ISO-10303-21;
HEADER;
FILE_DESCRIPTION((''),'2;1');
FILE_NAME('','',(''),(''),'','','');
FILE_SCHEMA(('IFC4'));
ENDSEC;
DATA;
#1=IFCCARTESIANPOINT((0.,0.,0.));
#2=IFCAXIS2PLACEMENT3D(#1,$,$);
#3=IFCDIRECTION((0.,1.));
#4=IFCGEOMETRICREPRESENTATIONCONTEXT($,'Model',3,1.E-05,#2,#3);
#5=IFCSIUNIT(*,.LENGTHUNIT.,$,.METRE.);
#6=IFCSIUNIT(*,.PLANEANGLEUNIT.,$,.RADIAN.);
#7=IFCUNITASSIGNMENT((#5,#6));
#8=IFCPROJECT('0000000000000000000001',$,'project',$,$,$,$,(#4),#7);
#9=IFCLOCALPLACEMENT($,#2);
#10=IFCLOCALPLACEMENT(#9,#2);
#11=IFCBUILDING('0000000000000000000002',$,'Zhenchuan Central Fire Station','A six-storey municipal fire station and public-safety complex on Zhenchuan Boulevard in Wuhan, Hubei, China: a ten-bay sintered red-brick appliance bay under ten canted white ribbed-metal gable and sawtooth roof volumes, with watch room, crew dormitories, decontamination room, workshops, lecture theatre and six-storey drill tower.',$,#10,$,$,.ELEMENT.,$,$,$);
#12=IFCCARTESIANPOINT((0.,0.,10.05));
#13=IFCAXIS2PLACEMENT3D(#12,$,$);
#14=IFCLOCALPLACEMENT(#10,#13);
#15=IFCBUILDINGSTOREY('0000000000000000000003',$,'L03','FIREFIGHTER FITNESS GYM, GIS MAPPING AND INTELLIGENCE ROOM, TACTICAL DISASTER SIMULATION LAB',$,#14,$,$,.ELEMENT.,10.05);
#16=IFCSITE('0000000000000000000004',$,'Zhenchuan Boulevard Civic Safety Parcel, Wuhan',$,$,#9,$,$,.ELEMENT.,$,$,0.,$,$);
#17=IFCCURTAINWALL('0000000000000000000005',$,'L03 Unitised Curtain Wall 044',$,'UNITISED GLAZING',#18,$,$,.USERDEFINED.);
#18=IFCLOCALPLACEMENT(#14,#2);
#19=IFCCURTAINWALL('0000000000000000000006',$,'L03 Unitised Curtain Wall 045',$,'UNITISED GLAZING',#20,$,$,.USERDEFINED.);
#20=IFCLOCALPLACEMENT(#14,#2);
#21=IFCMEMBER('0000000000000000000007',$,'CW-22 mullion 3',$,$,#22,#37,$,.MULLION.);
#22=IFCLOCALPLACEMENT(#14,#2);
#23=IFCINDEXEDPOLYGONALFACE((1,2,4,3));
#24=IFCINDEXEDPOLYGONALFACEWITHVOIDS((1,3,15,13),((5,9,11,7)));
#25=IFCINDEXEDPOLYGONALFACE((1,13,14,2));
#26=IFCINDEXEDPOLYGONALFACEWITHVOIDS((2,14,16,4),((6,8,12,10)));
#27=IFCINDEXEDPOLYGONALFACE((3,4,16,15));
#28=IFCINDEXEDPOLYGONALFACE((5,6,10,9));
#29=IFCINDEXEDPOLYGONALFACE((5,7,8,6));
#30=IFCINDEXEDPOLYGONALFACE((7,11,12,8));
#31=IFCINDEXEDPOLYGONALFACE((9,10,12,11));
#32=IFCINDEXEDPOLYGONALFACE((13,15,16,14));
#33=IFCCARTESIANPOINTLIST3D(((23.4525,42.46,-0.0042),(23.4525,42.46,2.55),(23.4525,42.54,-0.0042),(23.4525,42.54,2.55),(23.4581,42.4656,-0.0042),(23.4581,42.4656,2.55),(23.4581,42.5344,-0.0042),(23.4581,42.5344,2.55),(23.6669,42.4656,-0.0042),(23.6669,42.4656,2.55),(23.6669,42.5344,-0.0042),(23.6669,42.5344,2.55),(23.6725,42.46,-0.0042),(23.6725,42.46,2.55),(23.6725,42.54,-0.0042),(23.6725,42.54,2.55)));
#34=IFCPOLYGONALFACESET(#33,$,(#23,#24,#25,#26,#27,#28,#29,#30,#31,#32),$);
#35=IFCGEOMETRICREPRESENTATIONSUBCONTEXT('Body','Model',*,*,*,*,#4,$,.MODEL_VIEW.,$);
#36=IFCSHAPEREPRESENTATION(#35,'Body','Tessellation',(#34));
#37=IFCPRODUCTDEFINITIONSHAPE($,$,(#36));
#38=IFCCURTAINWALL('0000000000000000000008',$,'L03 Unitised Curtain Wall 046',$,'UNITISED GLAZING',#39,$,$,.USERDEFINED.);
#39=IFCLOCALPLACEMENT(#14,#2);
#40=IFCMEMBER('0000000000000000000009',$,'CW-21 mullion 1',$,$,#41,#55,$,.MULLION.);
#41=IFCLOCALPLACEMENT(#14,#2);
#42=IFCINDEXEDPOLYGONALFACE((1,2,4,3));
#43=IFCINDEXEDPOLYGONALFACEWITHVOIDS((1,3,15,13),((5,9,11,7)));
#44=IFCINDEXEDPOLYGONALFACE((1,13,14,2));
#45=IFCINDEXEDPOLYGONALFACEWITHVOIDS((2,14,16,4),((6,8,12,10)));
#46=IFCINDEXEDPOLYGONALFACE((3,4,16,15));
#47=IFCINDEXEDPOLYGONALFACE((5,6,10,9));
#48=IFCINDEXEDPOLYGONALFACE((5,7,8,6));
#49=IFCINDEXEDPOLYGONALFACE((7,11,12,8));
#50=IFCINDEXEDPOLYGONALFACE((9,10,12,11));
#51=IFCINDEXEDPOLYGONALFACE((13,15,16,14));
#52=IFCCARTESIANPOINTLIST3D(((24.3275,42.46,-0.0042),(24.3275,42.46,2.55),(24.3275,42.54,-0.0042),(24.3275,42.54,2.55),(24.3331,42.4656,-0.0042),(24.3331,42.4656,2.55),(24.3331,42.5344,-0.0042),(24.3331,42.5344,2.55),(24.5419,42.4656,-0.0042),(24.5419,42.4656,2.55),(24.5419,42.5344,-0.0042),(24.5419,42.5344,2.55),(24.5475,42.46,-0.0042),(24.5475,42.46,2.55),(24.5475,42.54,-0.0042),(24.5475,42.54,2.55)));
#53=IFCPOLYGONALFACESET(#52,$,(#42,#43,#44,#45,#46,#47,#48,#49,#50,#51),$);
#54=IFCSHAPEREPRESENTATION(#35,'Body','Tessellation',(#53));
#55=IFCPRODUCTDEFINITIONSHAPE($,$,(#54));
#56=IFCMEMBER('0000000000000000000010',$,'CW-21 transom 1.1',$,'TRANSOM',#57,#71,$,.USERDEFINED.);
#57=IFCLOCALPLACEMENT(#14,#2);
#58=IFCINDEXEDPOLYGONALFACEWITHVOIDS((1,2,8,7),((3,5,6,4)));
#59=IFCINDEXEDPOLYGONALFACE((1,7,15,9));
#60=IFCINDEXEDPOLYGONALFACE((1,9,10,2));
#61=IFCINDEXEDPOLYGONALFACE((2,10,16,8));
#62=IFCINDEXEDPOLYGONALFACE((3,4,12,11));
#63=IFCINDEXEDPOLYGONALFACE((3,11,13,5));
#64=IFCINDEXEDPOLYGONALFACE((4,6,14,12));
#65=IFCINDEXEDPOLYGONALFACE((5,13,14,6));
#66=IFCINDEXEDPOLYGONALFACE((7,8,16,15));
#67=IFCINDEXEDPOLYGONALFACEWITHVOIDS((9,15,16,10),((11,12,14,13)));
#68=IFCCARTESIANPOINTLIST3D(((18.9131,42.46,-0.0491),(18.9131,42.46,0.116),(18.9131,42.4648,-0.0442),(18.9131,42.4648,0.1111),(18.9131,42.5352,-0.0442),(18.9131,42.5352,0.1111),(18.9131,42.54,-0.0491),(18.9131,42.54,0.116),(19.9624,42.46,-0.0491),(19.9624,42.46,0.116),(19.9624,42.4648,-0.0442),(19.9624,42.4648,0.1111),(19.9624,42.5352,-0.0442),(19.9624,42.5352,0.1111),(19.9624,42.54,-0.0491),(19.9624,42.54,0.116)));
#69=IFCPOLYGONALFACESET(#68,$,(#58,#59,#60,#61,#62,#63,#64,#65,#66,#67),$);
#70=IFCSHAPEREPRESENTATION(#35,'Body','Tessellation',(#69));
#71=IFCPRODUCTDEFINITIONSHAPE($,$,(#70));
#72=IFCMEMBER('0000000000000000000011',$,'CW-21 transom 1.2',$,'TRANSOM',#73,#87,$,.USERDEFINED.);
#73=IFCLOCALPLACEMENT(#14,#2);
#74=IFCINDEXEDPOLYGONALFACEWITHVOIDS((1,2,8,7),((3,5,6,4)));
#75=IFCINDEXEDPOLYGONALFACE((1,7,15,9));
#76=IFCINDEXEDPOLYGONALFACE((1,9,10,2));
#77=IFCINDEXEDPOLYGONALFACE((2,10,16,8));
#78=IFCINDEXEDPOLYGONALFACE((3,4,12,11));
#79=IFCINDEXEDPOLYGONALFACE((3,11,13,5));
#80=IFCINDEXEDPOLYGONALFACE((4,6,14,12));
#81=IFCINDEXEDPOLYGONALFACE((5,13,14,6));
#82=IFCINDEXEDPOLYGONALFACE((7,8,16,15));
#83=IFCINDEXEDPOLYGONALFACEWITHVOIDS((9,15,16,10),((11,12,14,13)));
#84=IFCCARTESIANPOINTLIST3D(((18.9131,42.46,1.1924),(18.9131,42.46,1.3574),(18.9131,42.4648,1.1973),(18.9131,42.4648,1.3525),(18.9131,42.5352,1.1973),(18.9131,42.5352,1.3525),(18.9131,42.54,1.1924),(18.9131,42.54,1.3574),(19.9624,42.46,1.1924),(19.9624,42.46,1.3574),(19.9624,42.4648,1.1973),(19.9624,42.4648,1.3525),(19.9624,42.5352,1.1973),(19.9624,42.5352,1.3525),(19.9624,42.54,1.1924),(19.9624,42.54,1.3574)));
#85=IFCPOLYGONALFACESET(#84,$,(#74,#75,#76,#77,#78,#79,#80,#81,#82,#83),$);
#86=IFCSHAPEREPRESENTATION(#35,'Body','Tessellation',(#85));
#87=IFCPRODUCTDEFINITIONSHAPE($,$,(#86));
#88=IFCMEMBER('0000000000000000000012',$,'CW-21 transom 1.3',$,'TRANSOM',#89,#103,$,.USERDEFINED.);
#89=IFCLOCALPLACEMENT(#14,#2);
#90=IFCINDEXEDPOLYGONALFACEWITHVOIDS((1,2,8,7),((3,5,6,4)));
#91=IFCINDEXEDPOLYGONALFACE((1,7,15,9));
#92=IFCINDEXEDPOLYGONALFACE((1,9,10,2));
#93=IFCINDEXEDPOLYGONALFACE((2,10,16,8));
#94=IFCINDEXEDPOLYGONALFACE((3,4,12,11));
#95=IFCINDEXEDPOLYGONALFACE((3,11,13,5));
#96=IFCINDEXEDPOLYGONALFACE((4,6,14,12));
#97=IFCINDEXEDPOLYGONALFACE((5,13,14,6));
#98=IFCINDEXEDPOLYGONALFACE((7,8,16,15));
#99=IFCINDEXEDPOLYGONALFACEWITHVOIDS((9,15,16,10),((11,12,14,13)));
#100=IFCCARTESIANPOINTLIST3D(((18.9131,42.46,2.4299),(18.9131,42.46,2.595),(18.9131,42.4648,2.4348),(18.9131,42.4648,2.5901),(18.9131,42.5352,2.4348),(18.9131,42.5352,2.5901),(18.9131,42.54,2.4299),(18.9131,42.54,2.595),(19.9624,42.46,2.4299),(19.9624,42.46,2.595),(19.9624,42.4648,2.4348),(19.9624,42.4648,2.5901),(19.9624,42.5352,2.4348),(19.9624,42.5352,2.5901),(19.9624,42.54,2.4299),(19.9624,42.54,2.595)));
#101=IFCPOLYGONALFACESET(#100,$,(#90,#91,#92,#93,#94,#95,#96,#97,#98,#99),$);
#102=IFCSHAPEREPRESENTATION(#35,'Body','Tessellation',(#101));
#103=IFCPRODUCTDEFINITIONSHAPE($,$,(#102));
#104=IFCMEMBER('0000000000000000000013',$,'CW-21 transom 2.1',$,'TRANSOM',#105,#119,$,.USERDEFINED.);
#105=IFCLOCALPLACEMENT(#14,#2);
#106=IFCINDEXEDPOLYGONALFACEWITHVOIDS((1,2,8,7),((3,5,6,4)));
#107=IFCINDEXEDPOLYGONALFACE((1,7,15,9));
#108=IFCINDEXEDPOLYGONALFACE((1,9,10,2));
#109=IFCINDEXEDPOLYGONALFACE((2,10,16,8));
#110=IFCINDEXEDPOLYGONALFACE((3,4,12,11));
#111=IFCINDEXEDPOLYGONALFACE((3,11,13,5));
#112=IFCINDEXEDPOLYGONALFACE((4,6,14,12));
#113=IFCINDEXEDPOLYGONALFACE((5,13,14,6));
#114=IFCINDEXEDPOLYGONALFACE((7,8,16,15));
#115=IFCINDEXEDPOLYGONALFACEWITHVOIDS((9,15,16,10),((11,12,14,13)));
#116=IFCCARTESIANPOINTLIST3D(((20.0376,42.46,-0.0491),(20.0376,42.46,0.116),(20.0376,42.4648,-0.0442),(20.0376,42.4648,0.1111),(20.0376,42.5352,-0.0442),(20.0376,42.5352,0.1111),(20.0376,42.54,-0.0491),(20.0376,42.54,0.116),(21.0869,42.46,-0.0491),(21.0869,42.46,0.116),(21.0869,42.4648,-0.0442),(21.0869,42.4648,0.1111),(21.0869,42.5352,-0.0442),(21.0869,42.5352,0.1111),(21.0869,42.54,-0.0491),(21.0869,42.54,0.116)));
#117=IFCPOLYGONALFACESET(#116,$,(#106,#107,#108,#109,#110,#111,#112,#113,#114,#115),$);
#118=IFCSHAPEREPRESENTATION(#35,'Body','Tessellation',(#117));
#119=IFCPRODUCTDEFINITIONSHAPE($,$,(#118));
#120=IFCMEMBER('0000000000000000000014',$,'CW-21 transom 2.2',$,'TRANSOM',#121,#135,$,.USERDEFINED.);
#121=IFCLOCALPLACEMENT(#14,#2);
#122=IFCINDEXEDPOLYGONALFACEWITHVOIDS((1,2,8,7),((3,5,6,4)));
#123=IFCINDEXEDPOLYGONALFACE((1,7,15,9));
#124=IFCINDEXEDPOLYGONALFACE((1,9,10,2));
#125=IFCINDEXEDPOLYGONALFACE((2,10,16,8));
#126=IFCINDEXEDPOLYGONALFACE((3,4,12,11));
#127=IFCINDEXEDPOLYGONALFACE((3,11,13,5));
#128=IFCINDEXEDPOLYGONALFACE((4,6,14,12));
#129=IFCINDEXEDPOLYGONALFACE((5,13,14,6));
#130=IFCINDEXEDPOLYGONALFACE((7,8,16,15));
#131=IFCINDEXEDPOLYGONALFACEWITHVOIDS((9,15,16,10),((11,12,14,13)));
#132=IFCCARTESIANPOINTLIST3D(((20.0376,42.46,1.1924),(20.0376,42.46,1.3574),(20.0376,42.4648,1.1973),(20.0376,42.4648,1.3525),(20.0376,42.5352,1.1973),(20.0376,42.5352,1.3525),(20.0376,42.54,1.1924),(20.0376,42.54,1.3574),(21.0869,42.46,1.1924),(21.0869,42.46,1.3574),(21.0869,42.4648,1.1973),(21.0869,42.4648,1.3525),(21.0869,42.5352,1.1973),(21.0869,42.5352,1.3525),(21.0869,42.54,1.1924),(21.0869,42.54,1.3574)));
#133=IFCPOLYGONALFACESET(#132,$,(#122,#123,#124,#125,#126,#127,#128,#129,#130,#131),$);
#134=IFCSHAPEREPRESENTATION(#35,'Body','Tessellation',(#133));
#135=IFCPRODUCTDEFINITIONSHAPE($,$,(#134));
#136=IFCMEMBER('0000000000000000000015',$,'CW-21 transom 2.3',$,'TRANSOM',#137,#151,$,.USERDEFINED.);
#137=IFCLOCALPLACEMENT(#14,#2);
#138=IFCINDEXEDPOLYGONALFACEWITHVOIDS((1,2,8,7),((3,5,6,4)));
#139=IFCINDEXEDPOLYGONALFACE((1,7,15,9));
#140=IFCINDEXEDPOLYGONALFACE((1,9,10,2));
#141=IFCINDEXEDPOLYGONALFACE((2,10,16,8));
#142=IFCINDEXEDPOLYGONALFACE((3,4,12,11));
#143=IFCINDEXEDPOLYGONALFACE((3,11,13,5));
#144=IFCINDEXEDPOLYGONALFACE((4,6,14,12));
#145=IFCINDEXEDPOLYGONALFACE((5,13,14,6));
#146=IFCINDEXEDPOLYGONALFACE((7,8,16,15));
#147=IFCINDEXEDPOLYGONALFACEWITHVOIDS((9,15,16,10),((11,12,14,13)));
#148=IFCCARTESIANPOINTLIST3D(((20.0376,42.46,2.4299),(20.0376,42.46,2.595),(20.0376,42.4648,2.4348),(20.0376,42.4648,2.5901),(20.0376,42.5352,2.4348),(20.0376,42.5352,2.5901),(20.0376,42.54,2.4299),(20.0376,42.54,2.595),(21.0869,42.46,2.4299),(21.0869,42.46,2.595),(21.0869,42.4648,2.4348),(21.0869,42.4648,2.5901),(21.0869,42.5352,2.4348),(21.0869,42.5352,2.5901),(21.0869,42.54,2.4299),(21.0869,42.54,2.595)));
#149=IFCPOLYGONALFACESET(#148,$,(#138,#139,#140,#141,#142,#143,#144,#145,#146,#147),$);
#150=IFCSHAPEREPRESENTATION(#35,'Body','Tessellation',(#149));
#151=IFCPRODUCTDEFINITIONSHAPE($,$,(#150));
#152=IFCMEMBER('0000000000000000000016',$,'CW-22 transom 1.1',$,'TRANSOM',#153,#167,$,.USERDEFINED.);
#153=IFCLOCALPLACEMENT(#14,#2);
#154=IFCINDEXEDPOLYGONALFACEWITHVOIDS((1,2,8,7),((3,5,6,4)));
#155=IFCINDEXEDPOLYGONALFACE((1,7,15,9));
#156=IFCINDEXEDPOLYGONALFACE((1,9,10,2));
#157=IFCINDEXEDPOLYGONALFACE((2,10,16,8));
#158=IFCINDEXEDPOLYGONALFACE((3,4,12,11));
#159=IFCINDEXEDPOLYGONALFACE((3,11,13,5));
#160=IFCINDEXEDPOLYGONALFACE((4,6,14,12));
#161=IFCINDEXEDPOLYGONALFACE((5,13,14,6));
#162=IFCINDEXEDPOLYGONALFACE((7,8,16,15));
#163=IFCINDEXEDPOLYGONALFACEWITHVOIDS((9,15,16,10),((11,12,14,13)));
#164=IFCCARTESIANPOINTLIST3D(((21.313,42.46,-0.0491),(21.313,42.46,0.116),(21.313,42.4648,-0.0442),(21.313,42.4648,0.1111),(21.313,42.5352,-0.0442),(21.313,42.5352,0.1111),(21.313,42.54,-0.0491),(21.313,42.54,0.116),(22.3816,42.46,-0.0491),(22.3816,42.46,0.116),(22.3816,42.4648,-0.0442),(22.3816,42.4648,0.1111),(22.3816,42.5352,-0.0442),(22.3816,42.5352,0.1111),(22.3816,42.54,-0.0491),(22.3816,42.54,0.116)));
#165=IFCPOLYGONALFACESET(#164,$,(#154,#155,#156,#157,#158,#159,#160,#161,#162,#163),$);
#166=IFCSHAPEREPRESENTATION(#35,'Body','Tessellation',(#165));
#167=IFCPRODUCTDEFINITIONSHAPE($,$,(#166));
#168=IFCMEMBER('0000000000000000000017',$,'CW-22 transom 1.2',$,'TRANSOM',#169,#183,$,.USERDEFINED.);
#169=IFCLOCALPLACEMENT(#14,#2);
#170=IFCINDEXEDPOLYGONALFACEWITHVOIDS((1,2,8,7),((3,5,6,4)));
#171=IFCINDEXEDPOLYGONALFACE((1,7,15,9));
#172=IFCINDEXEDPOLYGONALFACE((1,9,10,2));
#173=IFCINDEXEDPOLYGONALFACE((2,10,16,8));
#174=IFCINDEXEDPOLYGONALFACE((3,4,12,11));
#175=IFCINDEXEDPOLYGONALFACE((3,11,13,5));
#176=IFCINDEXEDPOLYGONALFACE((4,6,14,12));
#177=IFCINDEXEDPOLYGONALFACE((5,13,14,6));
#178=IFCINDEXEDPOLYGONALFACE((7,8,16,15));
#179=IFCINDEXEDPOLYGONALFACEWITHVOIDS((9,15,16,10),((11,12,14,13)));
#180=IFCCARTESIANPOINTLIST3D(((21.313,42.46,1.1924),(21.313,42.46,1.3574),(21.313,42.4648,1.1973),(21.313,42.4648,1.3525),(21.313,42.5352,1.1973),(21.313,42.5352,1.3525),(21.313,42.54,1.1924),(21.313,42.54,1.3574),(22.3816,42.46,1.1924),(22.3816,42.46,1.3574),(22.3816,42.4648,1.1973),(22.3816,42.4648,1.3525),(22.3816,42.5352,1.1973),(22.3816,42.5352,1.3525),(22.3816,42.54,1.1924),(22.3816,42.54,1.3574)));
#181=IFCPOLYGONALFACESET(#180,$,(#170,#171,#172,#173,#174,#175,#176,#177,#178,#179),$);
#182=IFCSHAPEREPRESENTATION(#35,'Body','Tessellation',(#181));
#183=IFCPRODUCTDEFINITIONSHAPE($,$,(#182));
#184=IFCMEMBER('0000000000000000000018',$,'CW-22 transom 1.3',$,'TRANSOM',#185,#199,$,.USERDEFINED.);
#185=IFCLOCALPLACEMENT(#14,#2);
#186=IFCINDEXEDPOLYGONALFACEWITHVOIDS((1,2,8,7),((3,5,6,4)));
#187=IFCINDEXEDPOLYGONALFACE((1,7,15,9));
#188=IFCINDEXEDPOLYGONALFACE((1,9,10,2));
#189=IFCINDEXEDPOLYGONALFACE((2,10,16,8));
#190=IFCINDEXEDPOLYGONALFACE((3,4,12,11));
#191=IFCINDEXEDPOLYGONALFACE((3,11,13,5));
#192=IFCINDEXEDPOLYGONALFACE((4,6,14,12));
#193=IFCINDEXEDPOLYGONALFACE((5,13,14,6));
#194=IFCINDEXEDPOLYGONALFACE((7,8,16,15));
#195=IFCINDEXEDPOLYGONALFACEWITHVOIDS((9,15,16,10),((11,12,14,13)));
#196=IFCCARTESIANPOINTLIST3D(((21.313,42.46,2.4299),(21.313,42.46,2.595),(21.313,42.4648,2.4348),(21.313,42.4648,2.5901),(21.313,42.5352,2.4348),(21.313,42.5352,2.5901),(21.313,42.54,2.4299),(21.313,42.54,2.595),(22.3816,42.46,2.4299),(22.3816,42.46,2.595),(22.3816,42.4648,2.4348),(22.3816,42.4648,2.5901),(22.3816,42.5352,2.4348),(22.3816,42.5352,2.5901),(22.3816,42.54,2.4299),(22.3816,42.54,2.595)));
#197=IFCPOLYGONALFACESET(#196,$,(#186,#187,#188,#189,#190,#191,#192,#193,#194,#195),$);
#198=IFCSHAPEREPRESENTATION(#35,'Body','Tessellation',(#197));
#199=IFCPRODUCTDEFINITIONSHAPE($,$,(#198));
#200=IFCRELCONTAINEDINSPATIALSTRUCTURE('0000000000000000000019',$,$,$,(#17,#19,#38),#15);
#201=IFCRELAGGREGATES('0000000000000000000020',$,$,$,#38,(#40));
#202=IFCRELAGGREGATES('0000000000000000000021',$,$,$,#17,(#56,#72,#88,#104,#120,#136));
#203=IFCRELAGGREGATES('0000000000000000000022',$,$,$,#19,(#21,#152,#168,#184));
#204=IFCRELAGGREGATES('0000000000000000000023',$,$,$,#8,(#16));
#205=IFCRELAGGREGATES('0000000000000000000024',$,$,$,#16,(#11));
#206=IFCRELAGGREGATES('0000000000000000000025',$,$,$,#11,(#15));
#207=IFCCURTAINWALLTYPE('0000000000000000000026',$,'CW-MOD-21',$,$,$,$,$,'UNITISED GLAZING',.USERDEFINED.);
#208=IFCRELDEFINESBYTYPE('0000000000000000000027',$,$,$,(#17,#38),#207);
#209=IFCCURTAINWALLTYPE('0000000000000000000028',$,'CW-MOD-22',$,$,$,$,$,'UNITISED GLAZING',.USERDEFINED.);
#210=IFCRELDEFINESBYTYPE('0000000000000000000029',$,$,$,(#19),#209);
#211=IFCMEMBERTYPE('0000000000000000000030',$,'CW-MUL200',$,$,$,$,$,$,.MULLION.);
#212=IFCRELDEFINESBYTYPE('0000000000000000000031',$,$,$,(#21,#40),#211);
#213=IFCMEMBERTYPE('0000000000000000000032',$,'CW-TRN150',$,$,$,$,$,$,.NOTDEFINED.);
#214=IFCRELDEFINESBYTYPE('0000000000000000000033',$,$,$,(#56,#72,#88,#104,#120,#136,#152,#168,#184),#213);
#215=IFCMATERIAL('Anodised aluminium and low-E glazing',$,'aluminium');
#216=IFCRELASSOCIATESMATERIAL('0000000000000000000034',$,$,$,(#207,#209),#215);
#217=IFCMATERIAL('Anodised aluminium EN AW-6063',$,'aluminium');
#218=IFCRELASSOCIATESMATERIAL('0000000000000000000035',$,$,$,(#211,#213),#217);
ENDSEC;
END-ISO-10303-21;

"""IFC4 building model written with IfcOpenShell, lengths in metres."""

from ifc_helpers import new_model, si_unit, direction, frame, origin, origin_2d, place, context, subcontext, project, spatial, hollow_rectangle, extrude, material, material_profile, profile_set, type_object, element, aggregate, save


model = new_model("IFC4")

# Units and contexts
model_context = context("Model", 3, precision=1e-05, world=origin(), true_north=direction((0.0, 1.0)))
body_context = subcontext(model_context, "Body", "Model", "MODEL_VIEW")
ifc_project = project(units=[si_unit("LENGTHUNIT", "METRE"), si_unit("PLANEANGLEUNIT", "RADIAN")], contexts=[model_context])

# Site, building, storey
site_placement = place(None, origin())
site = spatial("IfcSite", under=ifc_project, at=site_placement, Name="Zhenchuan Boulevard Civic Safety Parcel, Wuhan", CompositionType="ELEMENT", RefElevation=0.0)
building_placement = place(site_placement, origin())
building = spatial("IfcBuilding", under=site, at=building_placement, Name="Zhenchuan Central Fire Station", Description="A six-storey municipal fire station and public-safety complex on Zhenchuan Boulevard in Wuhan, Hubei, China: a ten-bay sintered red-brick appliance bay under ten canted white ribbed-metal gable and sawtooth roof volumes, with watch room, crew dormitories, decontamination room, workshops, lecture theatre and six-storey drill tower.", CompositionType="ELEMENT")
storey_placement = place(building_placement, frame((0.0, 0.0, 10.05)))
storey = spatial("IfcBuildingStorey", under=building, at=storey_placement, Name="L03", Description="FIREFIGHTER FITNESS GYM, GIS MAPPING AND INTELLIGENCE ROOM, TACTICAL DISASTER SIMULATION LAB", CompositionType="ELEMENT", Elevation=10.05)

# Curtain walls, member
ifc_material_1 = material(Name="Anodised aluminium and low-E glazing", Category="aluminium")
curtain_wall_type_1 = type_object("IfcCurtainWallType", Name="CW-MOD-21", ElementType="UNITISED GLAZING", PredefinedType="USERDEFINED", material=ifc_material_1)
curtain_wall_1_placement = place(storey_placement, origin())
curtain_wall_1 = element("IfcCurtainWall", 1, at=curtain_wall_1_placement, inside=storey, type_object=curtain_wall_type_1, Name="L03 Unitised Curtain Wall 044", ObjectType="UNITISED GLAZING", PredefinedType="USERDEFINED")
ifc_material_2 = material(Name="Anodised aluminium EN AW-6063", Category="aluminium")
ifc_material_profile_1 = material_profile(ifc_material_2, hollow_rectangle(XDim=0.0801, YDim=0.22, WallThickness=0.0056, at=origin_2d()), Name="ALU-M 220x80")
ifc_profile_set_1 = profile_set([ifc_material_profile_1], Name="Anodised aluminium EN AW-6063")
member_type_1 = type_object("IfcMemberType", Name="CW-MUL200", PredefinedType="MULLION", material=ifc_profile_set_1)
curtain_wall_type_2 = type_object("IfcCurtainWallType", Name="CW-MOD-22", ElementType="UNITISED GLAZING", PredefinedType="USERDEFINED", material=ifc_material_1)
curtain_wall_2_placement = place(storey_placement, origin())
curtain_wall_2 = element("IfcCurtainWall", 2, at=curtain_wall_2_placement, inside=storey, type_object=curtain_wall_type_2, Name="L03 Unitised Curtain Wall 045", ObjectType="UNITISED GLAZING", PredefinedType="USERDEFINED")
member_1_placement = place(storey_placement, frame((23.5625, 42.5, -0.0042), z_axis=(0.0, 0.0, 1.0), x_axis=(0.0, 1.0, 0.0)))
member_1 = element("IfcMember", 3, at=member_1_placement, type_object=member_type_1, Name="CW-22 mullion 3", PredefinedType="MULLION", context=body_context, shape_type="SweptSolid", body=[
    extrude(hollow_rectangle(XDim=0.0801, YDim=0.22, WallThickness=0.0056, at=origin_2d()), origin(), (0.0, 0.0, 1.0), 2.5542),
])

# Curtain wall, member
curtain_wall_3_placement = place(storey_placement, origin())
curtain_wall_3 = element("IfcCurtainWall", 4, at=curtain_wall_3_placement, inside=storey, type_object=curtain_wall_type_1, Name="L03 Unitised Curtain Wall 046", ObjectType="UNITISED GLAZING", PredefinedType="USERDEFINED")
member_2_placement = place(storey_placement, frame((24.4375, 42.5, -0.0042), z_axis=(0.0, 0.0, 1.0), x_axis=(0.0, 1.0, 0.0)))
member_2 = element("IfcMember", 5, at=member_2_placement, type_object=member_type_1, Name="CW-21 mullion 1", PredefinedType="MULLION", context=body_context, shape_type="SweptSolid", body=[
    extrude(hollow_rectangle(XDim=0.0801, YDim=0.22, WallThickness=0.0056, at=origin_2d()), origin(), (0.0, 0.0, 1.0), 2.5542),
])

# Members
ifc_material_profile_2 = material_profile(ifc_material_2, hollow_rectangle(XDim=0.0801, YDim=0.165, WallThickness=0.0049, at=origin_2d()), Name="ALU-T 165x80")
ifc_profile_set_2 = profile_set([ifc_material_profile_2], Name="Anodised aluminium EN AW-6063")
member_type_2 = type_object("IfcMemberType", Name="CW-TRN150", PredefinedType="NOTDEFINED", material=ifc_profile_set_2)
member_3_placement = place(storey_placement, frame((18.9131, 42.5, 0.0334), z_axis=(1.0, 0.0, 0.0), x_axis=(0.0, 1.0, 0.0)))
member_3 = element("IfcMember", 6, at=member_3_placement, type_object=member_type_2, Name="CW-21 transom 1.1", ObjectType="TRANSOM", PredefinedType="USERDEFINED", context=body_context, shape_type="SweptSolid", body=[
    extrude(hollow_rectangle(XDim=0.0801, YDim=0.165, WallThickness=0.0049, at=origin_2d()), origin(), (0.0, 0.0, 1.0), 1.0493),
])
member_4_placement = place(storey_placement, frame((18.9131, 42.5, 1.2749), z_axis=(1.0, 0.0, 0.0), x_axis=(0.0, 1.0, 0.0)))
member_4 = element("IfcMember", 7, at=member_4_placement, type_object=member_type_2, Name="CW-21 transom 1.2", ObjectType="TRANSOM", PredefinedType="USERDEFINED", context=body_context, shape_type="SweptSolid", body=[
    extrude(hollow_rectangle(XDim=0.0801, YDim=0.165, WallThickness=0.0049, at=origin_2d()), origin(), (0.0, 0.0, 1.0), 1.0493),
])
member_5_placement = place(storey_placement, frame((18.9131, 42.5, 2.5125), z_axis=(1.0, 0.0, 0.0), x_axis=(0.0, 1.0, 0.0)))
member_5 = element("IfcMember", 8, at=member_5_placement, type_object=member_type_2, Name="CW-21 transom 1.3", ObjectType="TRANSOM", PredefinedType="USERDEFINED", context=body_context, shape_type="SweptSolid", body=[
    extrude(hollow_rectangle(XDim=0.0801, YDim=0.165, WallThickness=0.0049, at=origin_2d()), origin(), (0.0, 0.0, 1.0), 1.0493),
])
member_6_placement = place(storey_placement, frame((20.0376, 42.5, 0.0334), z_axis=(1.0, 0.0, 0.0), x_axis=(0.0, 1.0, 0.0)))
member_6 = element("IfcMember", 9, at=member_6_placement, type_object=member_type_2, Name="CW-21 transom 2.1", ObjectType="TRANSOM", PredefinedType="USERDEFINED", context=body_context, shape_type="SweptSolid", body=[
    extrude(hollow_rectangle(XDim=0.0801, YDim=0.165, WallThickness=0.0049, at=origin_2d()), origin(), (0.0, 0.0, 1.0), 1.0493),
])
member_7_placement = place(storey_placement, frame((20.0376, 42.5, 1.2749), z_axis=(1.0, 0.0, 0.0), x_axis=(0.0, 1.0, 0.0)))
member_7 = element("IfcMember", 10, at=member_7_placement, type_object=member_type_2, Name="CW-21 transom 2.2", ObjectType="TRANSOM", PredefinedType="USERDEFINED", context=body_context, shape_type="SweptSolid", body=[
    extrude(hollow_rectangle(XDim=0.0801, YDim=0.165, WallThickness=0.0049, at=origin_2d()), origin(), (0.0, 0.0, 1.0), 1.0493),
])
member_8_placement = place(storey_placement, frame((20.0376, 42.5, 2.5125), z_axis=(1.0, 0.0, 0.0), x_axis=(0.0, 1.0, 0.0)))
member_8 = element("IfcMember", 11, at=member_8_placement, type_object=member_type_2, Name="CW-21 transom 2.3", ObjectType="TRANSOM", PredefinedType="USERDEFINED", context=body_context, shape_type="SweptSolid", body=[
    extrude(hollow_rectangle(XDim=0.0801, YDim=0.165, WallThickness=0.0049, at=origin_2d()), origin(), (0.0, 0.0, 1.0), 1.0493),
])
member_9_placement = place(storey_placement, frame((21.313, 42.5, 0.0334), z_axis=(1.0, 0.0, 0.0), x_axis=(0.0, 1.0, 0.0)))
member_9 = element("IfcMember", 12, at=member_9_placement, type_object=member_type_2, Name="CW-22 transom 1.1", ObjectType="TRANSOM", PredefinedType="USERDEFINED", context=body_context, shape_type="SweptSolid", body=[
    extrude(hollow_rectangle(XDim=0.0801, YDim=0.165, WallThickness=0.0049, at=origin_2d()), origin(), (0.0, 0.0, 1.0), 1.0686),
])
member_10_placement = place(storey_placement, frame((21.313, 42.5, 1.2749), z_axis=(1.0, 0.0, 0.0), x_axis=(0.0, 1.0, 0.0)))
member_10 = element("IfcMember", 13, at=member_10_placement, type_object=member_type_2, Name="CW-22 transom 1.2", ObjectType="TRANSOM", PredefinedType="USERDEFINED", context=body_context, shape_type="SweptSolid", body=[
    extrude(hollow_rectangle(XDim=0.0801, YDim=0.165, WallThickness=0.0049, at=origin_2d()), origin(), (0.0, 0.0, 1.0), 1.0686),
])
member_11_placement = place(storey_placement, frame((21.313, 42.5, 2.5125), z_axis=(1.0, 0.0, 0.0), x_axis=(0.0, 1.0, 0.0)))
member_11 = element("IfcMember", 14, at=member_11_placement, type_object=member_type_2, Name="CW-22 transom 1.3", ObjectType="TRANSOM", PredefinedType="USERDEFINED", context=body_context, shape_type="SweptSolid", body=[
    extrude(hollow_rectangle(XDim=0.0801, YDim=0.165, WallThickness=0.0049, at=origin_2d()), origin(), (0.0, 0.0, 1.0), 1.0686),
])
aggregate(curtain_wall_3, [member_2])

aggregate(curtain_wall_1, [member_3, member_4, member_5, member_6, member_7, member_8])
aggregate(curtain_wall_2, [member_1, member_9, member_10, member_11])

save(model, "model.ifc")
